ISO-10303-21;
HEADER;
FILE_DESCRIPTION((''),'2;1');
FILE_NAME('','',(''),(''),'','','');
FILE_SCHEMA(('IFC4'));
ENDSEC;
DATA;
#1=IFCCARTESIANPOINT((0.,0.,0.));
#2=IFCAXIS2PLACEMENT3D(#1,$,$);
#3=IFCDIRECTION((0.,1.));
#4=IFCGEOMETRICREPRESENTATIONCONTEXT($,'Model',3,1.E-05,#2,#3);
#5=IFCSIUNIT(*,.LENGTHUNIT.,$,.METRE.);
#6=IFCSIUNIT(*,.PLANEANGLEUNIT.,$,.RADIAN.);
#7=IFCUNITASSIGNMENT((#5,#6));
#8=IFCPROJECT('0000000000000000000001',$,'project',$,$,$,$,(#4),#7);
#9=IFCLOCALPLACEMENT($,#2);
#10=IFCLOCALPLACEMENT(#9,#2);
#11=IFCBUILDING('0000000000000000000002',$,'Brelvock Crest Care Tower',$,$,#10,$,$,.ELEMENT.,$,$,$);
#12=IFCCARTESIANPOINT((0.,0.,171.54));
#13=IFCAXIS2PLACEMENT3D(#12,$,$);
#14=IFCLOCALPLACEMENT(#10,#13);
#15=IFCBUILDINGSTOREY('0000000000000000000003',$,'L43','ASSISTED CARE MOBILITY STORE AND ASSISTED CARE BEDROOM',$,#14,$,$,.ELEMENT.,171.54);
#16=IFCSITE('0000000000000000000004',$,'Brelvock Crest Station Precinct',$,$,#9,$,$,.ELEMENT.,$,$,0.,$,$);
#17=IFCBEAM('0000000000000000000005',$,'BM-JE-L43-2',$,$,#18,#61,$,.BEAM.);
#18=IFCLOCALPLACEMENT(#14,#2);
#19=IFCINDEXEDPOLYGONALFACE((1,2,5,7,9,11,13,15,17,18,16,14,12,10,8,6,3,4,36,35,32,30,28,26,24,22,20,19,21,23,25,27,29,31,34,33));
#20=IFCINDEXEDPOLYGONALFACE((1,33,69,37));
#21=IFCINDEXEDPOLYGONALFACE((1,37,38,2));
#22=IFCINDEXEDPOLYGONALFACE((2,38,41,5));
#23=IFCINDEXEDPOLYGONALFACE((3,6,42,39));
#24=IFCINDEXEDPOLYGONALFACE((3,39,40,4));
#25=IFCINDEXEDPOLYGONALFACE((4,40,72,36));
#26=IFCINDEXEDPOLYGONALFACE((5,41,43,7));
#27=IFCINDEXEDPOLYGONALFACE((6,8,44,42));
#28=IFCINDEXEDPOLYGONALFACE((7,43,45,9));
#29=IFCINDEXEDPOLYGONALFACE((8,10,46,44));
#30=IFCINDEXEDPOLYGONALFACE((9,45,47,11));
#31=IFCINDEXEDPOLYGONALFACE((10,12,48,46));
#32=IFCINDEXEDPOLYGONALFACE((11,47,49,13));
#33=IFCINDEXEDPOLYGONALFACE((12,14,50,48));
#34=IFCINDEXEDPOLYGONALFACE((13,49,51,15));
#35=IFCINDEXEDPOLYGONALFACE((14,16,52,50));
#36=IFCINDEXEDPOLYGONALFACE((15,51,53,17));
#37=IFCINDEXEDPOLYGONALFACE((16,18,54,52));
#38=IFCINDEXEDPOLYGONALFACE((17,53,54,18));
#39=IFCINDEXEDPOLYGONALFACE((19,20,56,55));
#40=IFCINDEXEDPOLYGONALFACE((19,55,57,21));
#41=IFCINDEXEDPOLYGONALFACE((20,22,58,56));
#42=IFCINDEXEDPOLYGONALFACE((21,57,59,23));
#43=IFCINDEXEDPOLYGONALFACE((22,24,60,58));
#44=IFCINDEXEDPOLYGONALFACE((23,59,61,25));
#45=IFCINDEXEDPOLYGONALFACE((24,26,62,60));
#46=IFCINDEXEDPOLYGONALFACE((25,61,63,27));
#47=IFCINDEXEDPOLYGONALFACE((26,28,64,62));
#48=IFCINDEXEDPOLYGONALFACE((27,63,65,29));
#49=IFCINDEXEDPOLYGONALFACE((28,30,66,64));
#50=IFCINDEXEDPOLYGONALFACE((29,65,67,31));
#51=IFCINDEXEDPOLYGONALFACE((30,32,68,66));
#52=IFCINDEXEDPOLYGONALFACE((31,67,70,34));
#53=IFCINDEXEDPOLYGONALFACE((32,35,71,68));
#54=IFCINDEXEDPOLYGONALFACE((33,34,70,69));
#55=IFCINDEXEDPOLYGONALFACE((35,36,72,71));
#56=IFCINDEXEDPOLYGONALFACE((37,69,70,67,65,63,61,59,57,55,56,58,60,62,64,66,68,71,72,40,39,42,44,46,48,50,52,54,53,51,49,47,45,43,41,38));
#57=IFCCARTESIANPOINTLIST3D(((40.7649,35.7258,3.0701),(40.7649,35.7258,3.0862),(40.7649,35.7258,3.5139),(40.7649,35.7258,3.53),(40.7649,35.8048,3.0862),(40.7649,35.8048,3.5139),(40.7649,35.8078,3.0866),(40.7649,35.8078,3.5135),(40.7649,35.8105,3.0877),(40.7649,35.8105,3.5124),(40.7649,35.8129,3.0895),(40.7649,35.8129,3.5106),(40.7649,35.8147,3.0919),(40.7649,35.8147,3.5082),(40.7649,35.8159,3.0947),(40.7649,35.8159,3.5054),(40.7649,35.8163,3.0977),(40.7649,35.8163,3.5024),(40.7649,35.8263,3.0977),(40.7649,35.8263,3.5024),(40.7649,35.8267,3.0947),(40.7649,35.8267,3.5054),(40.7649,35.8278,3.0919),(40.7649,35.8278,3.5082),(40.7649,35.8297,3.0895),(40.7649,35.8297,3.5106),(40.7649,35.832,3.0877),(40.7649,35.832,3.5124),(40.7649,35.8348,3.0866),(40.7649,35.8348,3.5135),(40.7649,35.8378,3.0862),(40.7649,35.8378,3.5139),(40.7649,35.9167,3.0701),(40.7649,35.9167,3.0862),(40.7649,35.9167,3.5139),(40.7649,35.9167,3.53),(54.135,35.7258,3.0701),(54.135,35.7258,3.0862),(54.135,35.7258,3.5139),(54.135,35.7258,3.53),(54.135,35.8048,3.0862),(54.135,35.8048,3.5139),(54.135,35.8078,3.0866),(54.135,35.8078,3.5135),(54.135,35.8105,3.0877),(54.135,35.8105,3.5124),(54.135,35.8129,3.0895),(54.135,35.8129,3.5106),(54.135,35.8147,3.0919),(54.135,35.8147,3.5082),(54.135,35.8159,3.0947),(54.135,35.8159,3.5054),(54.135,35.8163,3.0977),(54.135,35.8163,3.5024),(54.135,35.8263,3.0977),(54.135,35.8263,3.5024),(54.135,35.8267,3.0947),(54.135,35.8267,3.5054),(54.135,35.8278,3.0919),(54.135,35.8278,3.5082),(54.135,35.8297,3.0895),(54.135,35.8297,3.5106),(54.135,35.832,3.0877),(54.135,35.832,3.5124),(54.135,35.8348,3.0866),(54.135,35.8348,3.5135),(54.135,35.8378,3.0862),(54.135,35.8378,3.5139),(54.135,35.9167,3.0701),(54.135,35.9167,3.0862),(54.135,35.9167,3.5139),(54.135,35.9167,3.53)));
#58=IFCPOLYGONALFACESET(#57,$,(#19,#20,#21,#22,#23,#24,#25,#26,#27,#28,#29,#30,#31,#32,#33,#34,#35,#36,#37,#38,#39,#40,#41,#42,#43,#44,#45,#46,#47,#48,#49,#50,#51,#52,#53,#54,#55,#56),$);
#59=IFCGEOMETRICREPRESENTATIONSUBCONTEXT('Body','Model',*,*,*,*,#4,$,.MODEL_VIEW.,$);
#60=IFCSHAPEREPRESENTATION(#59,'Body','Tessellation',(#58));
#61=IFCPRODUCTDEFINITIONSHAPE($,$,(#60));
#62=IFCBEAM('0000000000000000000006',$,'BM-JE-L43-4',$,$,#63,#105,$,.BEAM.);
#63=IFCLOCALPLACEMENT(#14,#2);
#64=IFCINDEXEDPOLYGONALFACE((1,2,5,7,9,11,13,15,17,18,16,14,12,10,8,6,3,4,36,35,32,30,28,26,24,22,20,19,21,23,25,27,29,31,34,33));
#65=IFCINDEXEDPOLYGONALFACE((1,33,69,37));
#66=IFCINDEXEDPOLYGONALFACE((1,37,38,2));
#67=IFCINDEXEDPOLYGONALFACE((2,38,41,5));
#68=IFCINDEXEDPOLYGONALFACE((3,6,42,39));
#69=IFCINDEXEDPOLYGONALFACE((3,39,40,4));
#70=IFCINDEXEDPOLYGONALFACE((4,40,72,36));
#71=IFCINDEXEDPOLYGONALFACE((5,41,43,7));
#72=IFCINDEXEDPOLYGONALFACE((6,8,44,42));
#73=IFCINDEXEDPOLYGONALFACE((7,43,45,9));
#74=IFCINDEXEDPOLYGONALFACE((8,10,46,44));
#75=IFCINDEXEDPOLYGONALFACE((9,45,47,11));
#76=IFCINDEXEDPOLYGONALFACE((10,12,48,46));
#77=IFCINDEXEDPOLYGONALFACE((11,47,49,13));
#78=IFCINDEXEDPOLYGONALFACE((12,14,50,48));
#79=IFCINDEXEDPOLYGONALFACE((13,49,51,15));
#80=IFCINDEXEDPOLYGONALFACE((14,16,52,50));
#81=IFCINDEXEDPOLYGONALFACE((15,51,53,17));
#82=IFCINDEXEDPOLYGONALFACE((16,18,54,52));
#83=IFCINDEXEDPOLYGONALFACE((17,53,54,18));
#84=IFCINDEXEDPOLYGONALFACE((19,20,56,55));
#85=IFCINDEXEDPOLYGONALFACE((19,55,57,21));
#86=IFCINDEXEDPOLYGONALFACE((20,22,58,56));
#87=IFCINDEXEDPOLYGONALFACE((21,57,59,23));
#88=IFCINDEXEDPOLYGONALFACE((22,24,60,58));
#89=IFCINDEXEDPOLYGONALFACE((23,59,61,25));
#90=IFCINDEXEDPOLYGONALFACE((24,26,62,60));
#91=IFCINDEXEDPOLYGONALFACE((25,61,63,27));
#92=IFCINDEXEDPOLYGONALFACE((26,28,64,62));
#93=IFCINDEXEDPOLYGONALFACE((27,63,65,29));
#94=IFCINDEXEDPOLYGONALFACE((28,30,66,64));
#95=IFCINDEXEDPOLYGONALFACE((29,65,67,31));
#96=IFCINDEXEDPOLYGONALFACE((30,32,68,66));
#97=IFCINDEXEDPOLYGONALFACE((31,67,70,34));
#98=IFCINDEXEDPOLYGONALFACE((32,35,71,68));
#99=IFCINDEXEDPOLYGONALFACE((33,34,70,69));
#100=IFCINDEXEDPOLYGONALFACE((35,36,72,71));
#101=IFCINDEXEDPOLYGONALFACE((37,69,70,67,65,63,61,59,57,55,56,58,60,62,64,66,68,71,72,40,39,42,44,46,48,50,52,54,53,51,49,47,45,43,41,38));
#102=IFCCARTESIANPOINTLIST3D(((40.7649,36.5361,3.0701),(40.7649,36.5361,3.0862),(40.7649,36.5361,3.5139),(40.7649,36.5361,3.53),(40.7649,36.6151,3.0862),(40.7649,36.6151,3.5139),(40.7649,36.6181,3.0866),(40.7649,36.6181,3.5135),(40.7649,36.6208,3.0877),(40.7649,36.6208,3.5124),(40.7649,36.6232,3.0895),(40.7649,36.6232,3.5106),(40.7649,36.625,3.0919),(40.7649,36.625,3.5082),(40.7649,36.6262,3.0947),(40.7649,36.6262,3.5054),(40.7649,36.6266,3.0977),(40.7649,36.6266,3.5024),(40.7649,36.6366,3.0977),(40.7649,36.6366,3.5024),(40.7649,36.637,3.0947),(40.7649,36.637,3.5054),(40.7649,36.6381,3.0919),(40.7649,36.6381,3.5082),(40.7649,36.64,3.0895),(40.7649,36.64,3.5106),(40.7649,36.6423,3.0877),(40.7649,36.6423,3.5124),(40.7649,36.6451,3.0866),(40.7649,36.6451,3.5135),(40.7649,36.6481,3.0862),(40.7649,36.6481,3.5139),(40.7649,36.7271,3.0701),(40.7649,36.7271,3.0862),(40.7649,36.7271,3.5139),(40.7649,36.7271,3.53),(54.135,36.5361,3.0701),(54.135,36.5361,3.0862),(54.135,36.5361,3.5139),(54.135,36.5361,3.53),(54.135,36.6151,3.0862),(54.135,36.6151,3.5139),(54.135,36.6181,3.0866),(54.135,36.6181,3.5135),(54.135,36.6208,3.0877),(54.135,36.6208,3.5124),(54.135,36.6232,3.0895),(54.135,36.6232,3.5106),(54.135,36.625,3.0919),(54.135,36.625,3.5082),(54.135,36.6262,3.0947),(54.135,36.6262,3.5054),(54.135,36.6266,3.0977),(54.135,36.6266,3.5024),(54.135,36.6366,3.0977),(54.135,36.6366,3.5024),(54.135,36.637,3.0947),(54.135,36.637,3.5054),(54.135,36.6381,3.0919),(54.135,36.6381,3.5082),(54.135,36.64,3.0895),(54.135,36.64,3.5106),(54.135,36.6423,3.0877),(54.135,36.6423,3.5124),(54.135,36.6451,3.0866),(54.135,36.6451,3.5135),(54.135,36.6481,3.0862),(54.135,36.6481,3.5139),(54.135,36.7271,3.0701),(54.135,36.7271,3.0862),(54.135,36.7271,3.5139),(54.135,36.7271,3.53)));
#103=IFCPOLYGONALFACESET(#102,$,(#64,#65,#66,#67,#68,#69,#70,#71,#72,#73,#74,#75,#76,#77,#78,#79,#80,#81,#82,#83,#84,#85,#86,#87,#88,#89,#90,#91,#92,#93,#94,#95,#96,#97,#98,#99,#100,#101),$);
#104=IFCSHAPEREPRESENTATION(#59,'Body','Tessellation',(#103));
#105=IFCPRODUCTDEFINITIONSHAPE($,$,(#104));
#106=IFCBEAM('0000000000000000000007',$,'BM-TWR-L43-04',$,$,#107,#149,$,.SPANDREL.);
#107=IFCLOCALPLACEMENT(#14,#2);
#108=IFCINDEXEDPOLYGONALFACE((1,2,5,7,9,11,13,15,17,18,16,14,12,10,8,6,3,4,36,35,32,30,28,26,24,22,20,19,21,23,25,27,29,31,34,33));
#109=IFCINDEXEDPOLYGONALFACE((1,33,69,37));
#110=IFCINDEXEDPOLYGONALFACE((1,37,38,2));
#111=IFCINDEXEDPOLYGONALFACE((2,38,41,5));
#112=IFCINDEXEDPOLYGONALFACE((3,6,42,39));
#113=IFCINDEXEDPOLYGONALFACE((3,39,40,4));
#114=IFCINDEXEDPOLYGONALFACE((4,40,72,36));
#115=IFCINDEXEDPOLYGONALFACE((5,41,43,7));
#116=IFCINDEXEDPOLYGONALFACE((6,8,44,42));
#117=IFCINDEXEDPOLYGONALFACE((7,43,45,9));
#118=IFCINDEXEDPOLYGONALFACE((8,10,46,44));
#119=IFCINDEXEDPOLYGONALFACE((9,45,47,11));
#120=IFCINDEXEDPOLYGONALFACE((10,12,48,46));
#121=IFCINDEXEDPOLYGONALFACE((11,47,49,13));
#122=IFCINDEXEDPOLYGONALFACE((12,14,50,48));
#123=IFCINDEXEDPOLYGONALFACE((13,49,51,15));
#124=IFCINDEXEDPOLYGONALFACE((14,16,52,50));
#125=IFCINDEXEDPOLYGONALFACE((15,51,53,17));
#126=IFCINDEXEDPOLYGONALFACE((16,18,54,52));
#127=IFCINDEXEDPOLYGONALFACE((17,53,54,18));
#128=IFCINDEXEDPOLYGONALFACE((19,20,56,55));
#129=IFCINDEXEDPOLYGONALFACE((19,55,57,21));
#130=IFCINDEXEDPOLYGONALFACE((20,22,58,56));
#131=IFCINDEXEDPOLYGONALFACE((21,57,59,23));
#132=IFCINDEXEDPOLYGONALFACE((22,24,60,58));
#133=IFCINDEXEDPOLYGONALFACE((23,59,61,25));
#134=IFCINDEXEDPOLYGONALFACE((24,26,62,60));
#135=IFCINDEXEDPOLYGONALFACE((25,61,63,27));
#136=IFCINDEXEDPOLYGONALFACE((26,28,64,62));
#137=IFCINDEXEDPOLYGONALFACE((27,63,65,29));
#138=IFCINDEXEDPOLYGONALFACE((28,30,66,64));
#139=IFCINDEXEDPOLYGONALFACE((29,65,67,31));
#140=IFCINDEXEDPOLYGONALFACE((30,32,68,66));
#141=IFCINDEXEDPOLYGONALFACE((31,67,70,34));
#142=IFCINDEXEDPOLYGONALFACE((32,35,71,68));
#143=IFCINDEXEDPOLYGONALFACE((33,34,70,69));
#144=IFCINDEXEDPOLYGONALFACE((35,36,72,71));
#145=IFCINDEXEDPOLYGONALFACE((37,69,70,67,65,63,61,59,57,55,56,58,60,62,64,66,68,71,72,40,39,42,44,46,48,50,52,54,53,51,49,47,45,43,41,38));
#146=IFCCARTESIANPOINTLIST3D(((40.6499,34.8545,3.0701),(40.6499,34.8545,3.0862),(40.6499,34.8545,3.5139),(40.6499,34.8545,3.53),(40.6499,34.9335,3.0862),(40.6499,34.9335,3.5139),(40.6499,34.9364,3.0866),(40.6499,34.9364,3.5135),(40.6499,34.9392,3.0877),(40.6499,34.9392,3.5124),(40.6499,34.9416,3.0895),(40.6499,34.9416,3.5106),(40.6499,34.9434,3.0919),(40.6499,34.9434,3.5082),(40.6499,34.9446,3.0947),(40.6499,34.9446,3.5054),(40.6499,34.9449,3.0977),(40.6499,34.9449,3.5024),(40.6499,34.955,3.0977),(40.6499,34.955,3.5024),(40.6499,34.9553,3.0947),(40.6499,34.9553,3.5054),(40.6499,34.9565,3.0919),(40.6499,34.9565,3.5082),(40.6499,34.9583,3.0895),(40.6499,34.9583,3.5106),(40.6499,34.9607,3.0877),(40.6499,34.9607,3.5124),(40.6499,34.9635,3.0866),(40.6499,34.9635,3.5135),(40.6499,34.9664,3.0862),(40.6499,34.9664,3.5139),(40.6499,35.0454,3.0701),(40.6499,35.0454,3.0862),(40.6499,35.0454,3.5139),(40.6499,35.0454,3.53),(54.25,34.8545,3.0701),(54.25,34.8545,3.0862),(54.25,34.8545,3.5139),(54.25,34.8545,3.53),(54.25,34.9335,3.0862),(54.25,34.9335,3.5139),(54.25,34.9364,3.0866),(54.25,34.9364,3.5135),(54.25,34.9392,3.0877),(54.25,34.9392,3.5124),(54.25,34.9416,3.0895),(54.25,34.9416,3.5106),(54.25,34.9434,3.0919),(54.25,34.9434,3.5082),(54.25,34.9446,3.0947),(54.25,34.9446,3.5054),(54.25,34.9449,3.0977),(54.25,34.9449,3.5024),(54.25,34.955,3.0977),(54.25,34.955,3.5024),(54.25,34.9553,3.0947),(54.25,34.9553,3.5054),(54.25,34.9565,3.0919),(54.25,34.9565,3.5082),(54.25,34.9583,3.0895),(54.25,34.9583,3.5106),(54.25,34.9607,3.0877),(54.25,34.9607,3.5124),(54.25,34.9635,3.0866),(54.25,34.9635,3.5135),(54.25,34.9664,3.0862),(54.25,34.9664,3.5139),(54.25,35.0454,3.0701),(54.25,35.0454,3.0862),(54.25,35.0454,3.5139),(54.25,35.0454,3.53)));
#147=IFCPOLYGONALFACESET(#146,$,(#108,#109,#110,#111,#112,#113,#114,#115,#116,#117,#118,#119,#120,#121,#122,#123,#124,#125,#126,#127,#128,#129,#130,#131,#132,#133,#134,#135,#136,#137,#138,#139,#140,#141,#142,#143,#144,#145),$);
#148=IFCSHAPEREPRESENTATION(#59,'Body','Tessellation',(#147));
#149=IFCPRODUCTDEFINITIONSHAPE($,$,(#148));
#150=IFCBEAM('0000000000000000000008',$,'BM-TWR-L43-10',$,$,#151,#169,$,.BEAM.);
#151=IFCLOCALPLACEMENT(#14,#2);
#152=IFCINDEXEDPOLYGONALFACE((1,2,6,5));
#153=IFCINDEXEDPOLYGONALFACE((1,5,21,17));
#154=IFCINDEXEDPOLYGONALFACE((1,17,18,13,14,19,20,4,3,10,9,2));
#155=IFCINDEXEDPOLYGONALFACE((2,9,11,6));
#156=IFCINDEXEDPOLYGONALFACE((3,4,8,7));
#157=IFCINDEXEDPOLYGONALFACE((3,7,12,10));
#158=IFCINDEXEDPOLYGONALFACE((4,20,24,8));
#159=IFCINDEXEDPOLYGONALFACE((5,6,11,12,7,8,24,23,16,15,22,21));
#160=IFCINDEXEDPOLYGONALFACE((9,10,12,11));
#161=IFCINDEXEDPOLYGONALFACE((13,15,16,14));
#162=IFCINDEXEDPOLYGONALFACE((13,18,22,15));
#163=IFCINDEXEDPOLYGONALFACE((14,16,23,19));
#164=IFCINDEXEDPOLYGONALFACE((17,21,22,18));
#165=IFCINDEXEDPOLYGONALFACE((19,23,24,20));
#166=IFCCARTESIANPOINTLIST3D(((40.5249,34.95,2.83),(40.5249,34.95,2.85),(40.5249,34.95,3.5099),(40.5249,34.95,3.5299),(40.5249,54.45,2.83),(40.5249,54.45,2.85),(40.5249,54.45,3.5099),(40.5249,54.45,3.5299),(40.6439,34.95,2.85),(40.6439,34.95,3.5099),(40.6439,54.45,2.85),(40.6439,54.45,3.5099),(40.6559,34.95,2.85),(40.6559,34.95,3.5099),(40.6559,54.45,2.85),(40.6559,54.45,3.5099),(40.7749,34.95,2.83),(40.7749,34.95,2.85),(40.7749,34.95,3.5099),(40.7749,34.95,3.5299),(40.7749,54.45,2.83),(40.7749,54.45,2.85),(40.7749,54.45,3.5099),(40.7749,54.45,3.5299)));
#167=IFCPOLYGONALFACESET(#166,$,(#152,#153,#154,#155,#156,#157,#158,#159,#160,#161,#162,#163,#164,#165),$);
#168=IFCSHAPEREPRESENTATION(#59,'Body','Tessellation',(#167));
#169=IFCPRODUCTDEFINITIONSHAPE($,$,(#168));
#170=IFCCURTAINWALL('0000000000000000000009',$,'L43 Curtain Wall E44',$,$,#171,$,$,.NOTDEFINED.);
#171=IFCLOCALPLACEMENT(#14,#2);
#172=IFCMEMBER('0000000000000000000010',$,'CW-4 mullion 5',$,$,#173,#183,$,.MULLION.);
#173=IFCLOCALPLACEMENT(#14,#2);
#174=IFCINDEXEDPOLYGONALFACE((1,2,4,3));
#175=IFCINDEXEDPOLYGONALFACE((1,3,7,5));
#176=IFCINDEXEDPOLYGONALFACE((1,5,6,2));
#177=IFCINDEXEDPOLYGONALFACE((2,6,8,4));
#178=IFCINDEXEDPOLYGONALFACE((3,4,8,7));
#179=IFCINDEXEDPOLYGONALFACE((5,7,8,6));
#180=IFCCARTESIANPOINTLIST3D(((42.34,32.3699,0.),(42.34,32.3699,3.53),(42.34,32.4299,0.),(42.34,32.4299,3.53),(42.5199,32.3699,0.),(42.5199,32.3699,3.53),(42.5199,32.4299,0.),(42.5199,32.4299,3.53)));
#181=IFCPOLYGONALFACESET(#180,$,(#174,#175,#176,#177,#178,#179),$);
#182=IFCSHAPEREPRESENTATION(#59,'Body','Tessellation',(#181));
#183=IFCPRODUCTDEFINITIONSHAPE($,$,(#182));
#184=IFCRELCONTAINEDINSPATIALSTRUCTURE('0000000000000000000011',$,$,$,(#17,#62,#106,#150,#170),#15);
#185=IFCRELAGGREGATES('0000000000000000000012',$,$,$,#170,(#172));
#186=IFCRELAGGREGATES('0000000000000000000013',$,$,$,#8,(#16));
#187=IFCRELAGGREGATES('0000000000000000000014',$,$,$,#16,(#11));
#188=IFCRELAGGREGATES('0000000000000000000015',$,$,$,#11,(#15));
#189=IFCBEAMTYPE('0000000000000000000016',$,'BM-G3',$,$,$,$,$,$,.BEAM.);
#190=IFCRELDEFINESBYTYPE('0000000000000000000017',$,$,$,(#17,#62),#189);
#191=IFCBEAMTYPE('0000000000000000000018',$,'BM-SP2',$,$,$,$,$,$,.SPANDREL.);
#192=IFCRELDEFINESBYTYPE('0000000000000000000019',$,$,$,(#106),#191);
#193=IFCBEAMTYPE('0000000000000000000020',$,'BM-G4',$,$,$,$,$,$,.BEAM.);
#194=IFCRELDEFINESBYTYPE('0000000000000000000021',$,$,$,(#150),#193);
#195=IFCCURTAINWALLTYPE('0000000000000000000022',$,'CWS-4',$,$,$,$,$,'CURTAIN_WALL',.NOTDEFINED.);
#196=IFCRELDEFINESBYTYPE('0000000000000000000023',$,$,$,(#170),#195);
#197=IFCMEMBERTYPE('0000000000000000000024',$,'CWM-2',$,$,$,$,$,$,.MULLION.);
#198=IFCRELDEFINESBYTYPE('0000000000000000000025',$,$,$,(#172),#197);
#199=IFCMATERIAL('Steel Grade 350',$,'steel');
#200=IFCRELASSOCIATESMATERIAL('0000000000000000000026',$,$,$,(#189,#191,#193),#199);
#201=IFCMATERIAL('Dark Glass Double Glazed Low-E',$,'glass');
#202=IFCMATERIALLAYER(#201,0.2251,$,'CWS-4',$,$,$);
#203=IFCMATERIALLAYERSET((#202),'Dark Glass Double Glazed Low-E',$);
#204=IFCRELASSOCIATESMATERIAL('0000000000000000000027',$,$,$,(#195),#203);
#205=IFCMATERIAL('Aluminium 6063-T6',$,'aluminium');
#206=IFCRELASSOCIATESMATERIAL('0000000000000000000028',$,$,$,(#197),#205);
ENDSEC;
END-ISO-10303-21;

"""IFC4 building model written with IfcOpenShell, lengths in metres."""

from ifc_helpers import new_model, si_unit, direction, frame, origin, origin_2d, place, context, subcontext, project, spatial, rectangle, i_section, extrude, source, transform, mapped, material, layer, layer_set, material_profile, profile_set, type_object, element, aggregate, save


model = new_model("IFC4")

# Units and contexts
model_context = context("Model", 3, precision=1e-05, world=origin(), true_north=direction((0.0, 1.0)))
body_context = subcontext(model_context, "Body", "Model", "MODEL_VIEW")
ifc_project = project(units=[si_unit("LENGTHUNIT", "METRE"), si_unit("PLANEANGLEUNIT", "RADIAN")], contexts=[model_context])

# Site, building, storey
site_placement = place(None, origin())
site = spatial("IfcSite", under=ifc_project, at=site_placement, Name="Brelvock Crest Station Precinct", CompositionType="ELEMENT", RefElevation=0.0)
building_placement = place(site_placement, origin())
building = spatial("IfcBuilding", under=site, at=building_placement, Name="Brelvock Crest Care Tower", CompositionType="ELEMENT")
storey_placement = place(building_placement, frame((0.0, 0.0, 171.54)))
storey = spatial("IfcBuildingStorey", under=building, at=storey_placement, Name="L43", Description="ASSISTED CARE MOBILITY STORE AND ASSISTED CARE BEDROOM", CompositionType="ELEMENT", Elevation=171.54)

# Shared definitions
ifc_material_1 = material(Name="Steel Grade 350", Category="steel")

# Beams
ifc_material_profile_1 = material_profile(ifc_material_1, i_section(OverallWidth=0.1909, OverallDepth=0.46, WebThickness=0.01, FlangeThickness=0.0161, FilletRadius=0.0115, at=origin_2d()), Name="460UB82.1")
ifc_profile_set_1 = profile_set([ifc_material_profile_1], Name="Steel Grade 350")
beam_type_1 = type_object("IfcBeamType", Name="BM-G3", PredefinedType="BEAM", material=ifc_profile_set_1)
shared_shape_1 = source(origin(), body_context, "Body", "SweptSolid", [
    extrude(i_section(OverallWidth=0.1909, OverallDepth=0.46, WebThickness=0.01, FlangeThickness=0.0161, FilletRadius=0.0115, at=origin_2d()), origin(), (0.0, 0.0, 1.0), 13.3701),
])
for number, where, z_axis, x_axis, name in (
    (1, (40.7649, 35.8213, 3.3), (1.0, 0.0, 0.0), (0.0, 1.0, 0.0), "BM-JE-L43-2"),
    (2, (40.7649, 36.6316, 3.3), (1.0, 0.0, 0.0), (0.0, 1.0, 0.0), "BM-JE-L43-4"),
):
    element("IfcBeam", number, at=place(storey_placement, frame(where, z_axis=z_axis, x_axis=x_axis)), inside=storey, type_object=beam_type_1, Name=name, PredefinedType="BEAM", context=body_context, shape_type="MappedRepresentation", body=[
        mapped(shared_shape_1, transform((0.0, 0.0, 0.0), x_axis=(1.0, 0.0, 0.0), y_axis=(0.0, 1.0, 0.0), z_axis=(0.0, 0.0, 1.0), scale=1.0)),
    ])
ifc_material_profile_2 = material_profile(ifc_material_1, i_section(OverallWidth=0.1909, OverallDepth=0.46, WebThickness=0.01, FlangeThickness=0.0161, FilletRadius=0.0115, at=origin_2d()), Name="460UB82.1")
ifc_profile_set_2 = profile_set([ifc_material_profile_2], Name="Steel Grade 350")
beam_type_2 = type_object("IfcBeamType", Name="BM-SP2", PredefinedType="SPANDREL", material=ifc_profile_set_2)
shared_shape_2 = source(origin(), body_context, "Body", "SweptSolid", [
    extrude(i_section(OverallWidth=0.1909, OverallDepth=0.46, WebThickness=0.01, FlangeThickness=0.0161, FilletRadius=0.0115, at=origin_2d()), origin(), (0.0, 0.0, 1.0), 13.6001),
])
beam_1_placement = place(storey_placement, frame((40.6499, 34.95, 3.3), z_axis=(1.0, 0.0, 0.0), x_axis=(0.0, 1.0, 0.0)))
element("IfcBeam", 3, at=beam_1_placement, inside=storey, type_object=beam_type_2, Name="BM-TWR-L43-04", PredefinedType="SPANDREL", context=body_context, shape_type="MappedRepresentation", body=[
    mapped(shared_shape_2, transform((0.0, 0.0, 0.0), x_axis=(1.0, 0.0, 0.0), y_axis=(0.0, 1.0, 0.0), z_axis=(0.0, 0.0, 1.0), scale=1.0)),
])
ifc_material_profile_3 = material_profile(ifc_material_1, i_section(OverallWidth=0.25, OverallDepth=0.7, WebThickness=0.012, FlangeThickness=0.02, at=origin_2d()), Name="700WB150")
ifc_profile_set_3 = profile_set([ifc_material_profile_3], Name="Steel Grade 350")
beam_type_3 = type_object("IfcBeamType", Name="BM-G4", PredefinedType="BEAM", material=ifc_profile_set_3)
shared_shape_3 = source(origin(), body_context, "Body", "SweptSolid", [
    extrude(i_section(OverallWidth=0.25, OverallDepth=0.7, WebThickness=0.012, FlangeThickness=0.02, at=origin_2d()), origin(), (0.0, 0.0, 1.0), 19.5),
])
beam_2_placement = place(storey_placement, frame((40.6499, 34.95, 3.1799), z_axis=(0.0, 1.0, 0.0), x_axis=(-1.0, 0.0, 0.0)))
element("IfcBeam", 4, at=beam_2_placement, inside=storey, type_object=beam_type_3, Name="BM-TWR-L43-10", PredefinedType="BEAM", context=body_context, shape_type="MappedRepresentation", body=[
    mapped(shared_shape_3, transform((0.0, 0.0, 0.0), x_axis=(1.0, 0.0, 0.0), y_axis=(0.0, 1.0, 0.0), z_axis=(0.0, 0.0, 1.0), scale=1.0)),
])

# Curtain wall, member
ifc_material_2 = material(Name="Dark Glass Double Glazed Low-E", Category="glass")
ifc_layer_1 = layer(ifc_material_2, 0.2251, Name="CWS-4")
ifc_layer_set_1 = layer_set([ifc_layer_1], Name="Dark Glass Double Glazed Low-E")
curtain_wall_type = type_object("IfcCurtainWallType", Name="CWS-4", ElementType="CURTAIN_WALL", PredefinedType="NOTDEFINED", material=ifc_layer_set_1)
curtain_wall_1_placement = place(storey_placement, origin())
curtain_wall_1 = element("IfcCurtainWall", 5, at=curtain_wall_1_placement, inside=storey, type_object=curtain_wall_type, Name="L43 Curtain Wall E44", PredefinedType="NOTDEFINED")
ifc_material_3 = material(Name="Aluminium 6063-T6", Category="aluminium")
ifc_material_profile_4 = material_profile(ifc_material_3, rectangle(XDim=0.0601, YDim=0.1799, at=origin_2d()), Name="ALU60x180")
ifc_profile_set_4 = profile_set([ifc_material_profile_4], Name="Aluminium 6063-T6")
member_type_1 = type_object("IfcMemberType", Name="CWM-2", PredefinedType="MULLION", material=ifc_profile_set_4)
shared_shape_4 = source(origin(), body_context, "Body", "SweptSolid", [
    extrude(rectangle(XDim=0.0601, YDim=0.1799, at=origin_2d()), origin(), (0.0, 0.0, 1.0), 3.53),
])
member_1_placement = place(storey_placement, frame((42.4299, 32.3999, 0.0), z_axis=(0.0, 0.0, 1.0), x_axis=(0.0, -1.0, 0.0)))
member_1 = element("IfcMember", 6, at=member_1_placement, type_object=member_type_1, Name="CW-4 mullion 5", PredefinedType="MULLION", context=body_context, shape_type="MappedRepresentation", body=[
    mapped(shared_shape_4, transform((0.0, 0.0, 0.0), x_axis=(1.0, 0.0, 0.0), y_axis=(0.0, 1.0, 0.0), z_axis=(0.0, 0.0, 1.0), scale=1.0)),
])
aggregate(curtain_wall_1, [member_1])

save(model, "model.ifc")
